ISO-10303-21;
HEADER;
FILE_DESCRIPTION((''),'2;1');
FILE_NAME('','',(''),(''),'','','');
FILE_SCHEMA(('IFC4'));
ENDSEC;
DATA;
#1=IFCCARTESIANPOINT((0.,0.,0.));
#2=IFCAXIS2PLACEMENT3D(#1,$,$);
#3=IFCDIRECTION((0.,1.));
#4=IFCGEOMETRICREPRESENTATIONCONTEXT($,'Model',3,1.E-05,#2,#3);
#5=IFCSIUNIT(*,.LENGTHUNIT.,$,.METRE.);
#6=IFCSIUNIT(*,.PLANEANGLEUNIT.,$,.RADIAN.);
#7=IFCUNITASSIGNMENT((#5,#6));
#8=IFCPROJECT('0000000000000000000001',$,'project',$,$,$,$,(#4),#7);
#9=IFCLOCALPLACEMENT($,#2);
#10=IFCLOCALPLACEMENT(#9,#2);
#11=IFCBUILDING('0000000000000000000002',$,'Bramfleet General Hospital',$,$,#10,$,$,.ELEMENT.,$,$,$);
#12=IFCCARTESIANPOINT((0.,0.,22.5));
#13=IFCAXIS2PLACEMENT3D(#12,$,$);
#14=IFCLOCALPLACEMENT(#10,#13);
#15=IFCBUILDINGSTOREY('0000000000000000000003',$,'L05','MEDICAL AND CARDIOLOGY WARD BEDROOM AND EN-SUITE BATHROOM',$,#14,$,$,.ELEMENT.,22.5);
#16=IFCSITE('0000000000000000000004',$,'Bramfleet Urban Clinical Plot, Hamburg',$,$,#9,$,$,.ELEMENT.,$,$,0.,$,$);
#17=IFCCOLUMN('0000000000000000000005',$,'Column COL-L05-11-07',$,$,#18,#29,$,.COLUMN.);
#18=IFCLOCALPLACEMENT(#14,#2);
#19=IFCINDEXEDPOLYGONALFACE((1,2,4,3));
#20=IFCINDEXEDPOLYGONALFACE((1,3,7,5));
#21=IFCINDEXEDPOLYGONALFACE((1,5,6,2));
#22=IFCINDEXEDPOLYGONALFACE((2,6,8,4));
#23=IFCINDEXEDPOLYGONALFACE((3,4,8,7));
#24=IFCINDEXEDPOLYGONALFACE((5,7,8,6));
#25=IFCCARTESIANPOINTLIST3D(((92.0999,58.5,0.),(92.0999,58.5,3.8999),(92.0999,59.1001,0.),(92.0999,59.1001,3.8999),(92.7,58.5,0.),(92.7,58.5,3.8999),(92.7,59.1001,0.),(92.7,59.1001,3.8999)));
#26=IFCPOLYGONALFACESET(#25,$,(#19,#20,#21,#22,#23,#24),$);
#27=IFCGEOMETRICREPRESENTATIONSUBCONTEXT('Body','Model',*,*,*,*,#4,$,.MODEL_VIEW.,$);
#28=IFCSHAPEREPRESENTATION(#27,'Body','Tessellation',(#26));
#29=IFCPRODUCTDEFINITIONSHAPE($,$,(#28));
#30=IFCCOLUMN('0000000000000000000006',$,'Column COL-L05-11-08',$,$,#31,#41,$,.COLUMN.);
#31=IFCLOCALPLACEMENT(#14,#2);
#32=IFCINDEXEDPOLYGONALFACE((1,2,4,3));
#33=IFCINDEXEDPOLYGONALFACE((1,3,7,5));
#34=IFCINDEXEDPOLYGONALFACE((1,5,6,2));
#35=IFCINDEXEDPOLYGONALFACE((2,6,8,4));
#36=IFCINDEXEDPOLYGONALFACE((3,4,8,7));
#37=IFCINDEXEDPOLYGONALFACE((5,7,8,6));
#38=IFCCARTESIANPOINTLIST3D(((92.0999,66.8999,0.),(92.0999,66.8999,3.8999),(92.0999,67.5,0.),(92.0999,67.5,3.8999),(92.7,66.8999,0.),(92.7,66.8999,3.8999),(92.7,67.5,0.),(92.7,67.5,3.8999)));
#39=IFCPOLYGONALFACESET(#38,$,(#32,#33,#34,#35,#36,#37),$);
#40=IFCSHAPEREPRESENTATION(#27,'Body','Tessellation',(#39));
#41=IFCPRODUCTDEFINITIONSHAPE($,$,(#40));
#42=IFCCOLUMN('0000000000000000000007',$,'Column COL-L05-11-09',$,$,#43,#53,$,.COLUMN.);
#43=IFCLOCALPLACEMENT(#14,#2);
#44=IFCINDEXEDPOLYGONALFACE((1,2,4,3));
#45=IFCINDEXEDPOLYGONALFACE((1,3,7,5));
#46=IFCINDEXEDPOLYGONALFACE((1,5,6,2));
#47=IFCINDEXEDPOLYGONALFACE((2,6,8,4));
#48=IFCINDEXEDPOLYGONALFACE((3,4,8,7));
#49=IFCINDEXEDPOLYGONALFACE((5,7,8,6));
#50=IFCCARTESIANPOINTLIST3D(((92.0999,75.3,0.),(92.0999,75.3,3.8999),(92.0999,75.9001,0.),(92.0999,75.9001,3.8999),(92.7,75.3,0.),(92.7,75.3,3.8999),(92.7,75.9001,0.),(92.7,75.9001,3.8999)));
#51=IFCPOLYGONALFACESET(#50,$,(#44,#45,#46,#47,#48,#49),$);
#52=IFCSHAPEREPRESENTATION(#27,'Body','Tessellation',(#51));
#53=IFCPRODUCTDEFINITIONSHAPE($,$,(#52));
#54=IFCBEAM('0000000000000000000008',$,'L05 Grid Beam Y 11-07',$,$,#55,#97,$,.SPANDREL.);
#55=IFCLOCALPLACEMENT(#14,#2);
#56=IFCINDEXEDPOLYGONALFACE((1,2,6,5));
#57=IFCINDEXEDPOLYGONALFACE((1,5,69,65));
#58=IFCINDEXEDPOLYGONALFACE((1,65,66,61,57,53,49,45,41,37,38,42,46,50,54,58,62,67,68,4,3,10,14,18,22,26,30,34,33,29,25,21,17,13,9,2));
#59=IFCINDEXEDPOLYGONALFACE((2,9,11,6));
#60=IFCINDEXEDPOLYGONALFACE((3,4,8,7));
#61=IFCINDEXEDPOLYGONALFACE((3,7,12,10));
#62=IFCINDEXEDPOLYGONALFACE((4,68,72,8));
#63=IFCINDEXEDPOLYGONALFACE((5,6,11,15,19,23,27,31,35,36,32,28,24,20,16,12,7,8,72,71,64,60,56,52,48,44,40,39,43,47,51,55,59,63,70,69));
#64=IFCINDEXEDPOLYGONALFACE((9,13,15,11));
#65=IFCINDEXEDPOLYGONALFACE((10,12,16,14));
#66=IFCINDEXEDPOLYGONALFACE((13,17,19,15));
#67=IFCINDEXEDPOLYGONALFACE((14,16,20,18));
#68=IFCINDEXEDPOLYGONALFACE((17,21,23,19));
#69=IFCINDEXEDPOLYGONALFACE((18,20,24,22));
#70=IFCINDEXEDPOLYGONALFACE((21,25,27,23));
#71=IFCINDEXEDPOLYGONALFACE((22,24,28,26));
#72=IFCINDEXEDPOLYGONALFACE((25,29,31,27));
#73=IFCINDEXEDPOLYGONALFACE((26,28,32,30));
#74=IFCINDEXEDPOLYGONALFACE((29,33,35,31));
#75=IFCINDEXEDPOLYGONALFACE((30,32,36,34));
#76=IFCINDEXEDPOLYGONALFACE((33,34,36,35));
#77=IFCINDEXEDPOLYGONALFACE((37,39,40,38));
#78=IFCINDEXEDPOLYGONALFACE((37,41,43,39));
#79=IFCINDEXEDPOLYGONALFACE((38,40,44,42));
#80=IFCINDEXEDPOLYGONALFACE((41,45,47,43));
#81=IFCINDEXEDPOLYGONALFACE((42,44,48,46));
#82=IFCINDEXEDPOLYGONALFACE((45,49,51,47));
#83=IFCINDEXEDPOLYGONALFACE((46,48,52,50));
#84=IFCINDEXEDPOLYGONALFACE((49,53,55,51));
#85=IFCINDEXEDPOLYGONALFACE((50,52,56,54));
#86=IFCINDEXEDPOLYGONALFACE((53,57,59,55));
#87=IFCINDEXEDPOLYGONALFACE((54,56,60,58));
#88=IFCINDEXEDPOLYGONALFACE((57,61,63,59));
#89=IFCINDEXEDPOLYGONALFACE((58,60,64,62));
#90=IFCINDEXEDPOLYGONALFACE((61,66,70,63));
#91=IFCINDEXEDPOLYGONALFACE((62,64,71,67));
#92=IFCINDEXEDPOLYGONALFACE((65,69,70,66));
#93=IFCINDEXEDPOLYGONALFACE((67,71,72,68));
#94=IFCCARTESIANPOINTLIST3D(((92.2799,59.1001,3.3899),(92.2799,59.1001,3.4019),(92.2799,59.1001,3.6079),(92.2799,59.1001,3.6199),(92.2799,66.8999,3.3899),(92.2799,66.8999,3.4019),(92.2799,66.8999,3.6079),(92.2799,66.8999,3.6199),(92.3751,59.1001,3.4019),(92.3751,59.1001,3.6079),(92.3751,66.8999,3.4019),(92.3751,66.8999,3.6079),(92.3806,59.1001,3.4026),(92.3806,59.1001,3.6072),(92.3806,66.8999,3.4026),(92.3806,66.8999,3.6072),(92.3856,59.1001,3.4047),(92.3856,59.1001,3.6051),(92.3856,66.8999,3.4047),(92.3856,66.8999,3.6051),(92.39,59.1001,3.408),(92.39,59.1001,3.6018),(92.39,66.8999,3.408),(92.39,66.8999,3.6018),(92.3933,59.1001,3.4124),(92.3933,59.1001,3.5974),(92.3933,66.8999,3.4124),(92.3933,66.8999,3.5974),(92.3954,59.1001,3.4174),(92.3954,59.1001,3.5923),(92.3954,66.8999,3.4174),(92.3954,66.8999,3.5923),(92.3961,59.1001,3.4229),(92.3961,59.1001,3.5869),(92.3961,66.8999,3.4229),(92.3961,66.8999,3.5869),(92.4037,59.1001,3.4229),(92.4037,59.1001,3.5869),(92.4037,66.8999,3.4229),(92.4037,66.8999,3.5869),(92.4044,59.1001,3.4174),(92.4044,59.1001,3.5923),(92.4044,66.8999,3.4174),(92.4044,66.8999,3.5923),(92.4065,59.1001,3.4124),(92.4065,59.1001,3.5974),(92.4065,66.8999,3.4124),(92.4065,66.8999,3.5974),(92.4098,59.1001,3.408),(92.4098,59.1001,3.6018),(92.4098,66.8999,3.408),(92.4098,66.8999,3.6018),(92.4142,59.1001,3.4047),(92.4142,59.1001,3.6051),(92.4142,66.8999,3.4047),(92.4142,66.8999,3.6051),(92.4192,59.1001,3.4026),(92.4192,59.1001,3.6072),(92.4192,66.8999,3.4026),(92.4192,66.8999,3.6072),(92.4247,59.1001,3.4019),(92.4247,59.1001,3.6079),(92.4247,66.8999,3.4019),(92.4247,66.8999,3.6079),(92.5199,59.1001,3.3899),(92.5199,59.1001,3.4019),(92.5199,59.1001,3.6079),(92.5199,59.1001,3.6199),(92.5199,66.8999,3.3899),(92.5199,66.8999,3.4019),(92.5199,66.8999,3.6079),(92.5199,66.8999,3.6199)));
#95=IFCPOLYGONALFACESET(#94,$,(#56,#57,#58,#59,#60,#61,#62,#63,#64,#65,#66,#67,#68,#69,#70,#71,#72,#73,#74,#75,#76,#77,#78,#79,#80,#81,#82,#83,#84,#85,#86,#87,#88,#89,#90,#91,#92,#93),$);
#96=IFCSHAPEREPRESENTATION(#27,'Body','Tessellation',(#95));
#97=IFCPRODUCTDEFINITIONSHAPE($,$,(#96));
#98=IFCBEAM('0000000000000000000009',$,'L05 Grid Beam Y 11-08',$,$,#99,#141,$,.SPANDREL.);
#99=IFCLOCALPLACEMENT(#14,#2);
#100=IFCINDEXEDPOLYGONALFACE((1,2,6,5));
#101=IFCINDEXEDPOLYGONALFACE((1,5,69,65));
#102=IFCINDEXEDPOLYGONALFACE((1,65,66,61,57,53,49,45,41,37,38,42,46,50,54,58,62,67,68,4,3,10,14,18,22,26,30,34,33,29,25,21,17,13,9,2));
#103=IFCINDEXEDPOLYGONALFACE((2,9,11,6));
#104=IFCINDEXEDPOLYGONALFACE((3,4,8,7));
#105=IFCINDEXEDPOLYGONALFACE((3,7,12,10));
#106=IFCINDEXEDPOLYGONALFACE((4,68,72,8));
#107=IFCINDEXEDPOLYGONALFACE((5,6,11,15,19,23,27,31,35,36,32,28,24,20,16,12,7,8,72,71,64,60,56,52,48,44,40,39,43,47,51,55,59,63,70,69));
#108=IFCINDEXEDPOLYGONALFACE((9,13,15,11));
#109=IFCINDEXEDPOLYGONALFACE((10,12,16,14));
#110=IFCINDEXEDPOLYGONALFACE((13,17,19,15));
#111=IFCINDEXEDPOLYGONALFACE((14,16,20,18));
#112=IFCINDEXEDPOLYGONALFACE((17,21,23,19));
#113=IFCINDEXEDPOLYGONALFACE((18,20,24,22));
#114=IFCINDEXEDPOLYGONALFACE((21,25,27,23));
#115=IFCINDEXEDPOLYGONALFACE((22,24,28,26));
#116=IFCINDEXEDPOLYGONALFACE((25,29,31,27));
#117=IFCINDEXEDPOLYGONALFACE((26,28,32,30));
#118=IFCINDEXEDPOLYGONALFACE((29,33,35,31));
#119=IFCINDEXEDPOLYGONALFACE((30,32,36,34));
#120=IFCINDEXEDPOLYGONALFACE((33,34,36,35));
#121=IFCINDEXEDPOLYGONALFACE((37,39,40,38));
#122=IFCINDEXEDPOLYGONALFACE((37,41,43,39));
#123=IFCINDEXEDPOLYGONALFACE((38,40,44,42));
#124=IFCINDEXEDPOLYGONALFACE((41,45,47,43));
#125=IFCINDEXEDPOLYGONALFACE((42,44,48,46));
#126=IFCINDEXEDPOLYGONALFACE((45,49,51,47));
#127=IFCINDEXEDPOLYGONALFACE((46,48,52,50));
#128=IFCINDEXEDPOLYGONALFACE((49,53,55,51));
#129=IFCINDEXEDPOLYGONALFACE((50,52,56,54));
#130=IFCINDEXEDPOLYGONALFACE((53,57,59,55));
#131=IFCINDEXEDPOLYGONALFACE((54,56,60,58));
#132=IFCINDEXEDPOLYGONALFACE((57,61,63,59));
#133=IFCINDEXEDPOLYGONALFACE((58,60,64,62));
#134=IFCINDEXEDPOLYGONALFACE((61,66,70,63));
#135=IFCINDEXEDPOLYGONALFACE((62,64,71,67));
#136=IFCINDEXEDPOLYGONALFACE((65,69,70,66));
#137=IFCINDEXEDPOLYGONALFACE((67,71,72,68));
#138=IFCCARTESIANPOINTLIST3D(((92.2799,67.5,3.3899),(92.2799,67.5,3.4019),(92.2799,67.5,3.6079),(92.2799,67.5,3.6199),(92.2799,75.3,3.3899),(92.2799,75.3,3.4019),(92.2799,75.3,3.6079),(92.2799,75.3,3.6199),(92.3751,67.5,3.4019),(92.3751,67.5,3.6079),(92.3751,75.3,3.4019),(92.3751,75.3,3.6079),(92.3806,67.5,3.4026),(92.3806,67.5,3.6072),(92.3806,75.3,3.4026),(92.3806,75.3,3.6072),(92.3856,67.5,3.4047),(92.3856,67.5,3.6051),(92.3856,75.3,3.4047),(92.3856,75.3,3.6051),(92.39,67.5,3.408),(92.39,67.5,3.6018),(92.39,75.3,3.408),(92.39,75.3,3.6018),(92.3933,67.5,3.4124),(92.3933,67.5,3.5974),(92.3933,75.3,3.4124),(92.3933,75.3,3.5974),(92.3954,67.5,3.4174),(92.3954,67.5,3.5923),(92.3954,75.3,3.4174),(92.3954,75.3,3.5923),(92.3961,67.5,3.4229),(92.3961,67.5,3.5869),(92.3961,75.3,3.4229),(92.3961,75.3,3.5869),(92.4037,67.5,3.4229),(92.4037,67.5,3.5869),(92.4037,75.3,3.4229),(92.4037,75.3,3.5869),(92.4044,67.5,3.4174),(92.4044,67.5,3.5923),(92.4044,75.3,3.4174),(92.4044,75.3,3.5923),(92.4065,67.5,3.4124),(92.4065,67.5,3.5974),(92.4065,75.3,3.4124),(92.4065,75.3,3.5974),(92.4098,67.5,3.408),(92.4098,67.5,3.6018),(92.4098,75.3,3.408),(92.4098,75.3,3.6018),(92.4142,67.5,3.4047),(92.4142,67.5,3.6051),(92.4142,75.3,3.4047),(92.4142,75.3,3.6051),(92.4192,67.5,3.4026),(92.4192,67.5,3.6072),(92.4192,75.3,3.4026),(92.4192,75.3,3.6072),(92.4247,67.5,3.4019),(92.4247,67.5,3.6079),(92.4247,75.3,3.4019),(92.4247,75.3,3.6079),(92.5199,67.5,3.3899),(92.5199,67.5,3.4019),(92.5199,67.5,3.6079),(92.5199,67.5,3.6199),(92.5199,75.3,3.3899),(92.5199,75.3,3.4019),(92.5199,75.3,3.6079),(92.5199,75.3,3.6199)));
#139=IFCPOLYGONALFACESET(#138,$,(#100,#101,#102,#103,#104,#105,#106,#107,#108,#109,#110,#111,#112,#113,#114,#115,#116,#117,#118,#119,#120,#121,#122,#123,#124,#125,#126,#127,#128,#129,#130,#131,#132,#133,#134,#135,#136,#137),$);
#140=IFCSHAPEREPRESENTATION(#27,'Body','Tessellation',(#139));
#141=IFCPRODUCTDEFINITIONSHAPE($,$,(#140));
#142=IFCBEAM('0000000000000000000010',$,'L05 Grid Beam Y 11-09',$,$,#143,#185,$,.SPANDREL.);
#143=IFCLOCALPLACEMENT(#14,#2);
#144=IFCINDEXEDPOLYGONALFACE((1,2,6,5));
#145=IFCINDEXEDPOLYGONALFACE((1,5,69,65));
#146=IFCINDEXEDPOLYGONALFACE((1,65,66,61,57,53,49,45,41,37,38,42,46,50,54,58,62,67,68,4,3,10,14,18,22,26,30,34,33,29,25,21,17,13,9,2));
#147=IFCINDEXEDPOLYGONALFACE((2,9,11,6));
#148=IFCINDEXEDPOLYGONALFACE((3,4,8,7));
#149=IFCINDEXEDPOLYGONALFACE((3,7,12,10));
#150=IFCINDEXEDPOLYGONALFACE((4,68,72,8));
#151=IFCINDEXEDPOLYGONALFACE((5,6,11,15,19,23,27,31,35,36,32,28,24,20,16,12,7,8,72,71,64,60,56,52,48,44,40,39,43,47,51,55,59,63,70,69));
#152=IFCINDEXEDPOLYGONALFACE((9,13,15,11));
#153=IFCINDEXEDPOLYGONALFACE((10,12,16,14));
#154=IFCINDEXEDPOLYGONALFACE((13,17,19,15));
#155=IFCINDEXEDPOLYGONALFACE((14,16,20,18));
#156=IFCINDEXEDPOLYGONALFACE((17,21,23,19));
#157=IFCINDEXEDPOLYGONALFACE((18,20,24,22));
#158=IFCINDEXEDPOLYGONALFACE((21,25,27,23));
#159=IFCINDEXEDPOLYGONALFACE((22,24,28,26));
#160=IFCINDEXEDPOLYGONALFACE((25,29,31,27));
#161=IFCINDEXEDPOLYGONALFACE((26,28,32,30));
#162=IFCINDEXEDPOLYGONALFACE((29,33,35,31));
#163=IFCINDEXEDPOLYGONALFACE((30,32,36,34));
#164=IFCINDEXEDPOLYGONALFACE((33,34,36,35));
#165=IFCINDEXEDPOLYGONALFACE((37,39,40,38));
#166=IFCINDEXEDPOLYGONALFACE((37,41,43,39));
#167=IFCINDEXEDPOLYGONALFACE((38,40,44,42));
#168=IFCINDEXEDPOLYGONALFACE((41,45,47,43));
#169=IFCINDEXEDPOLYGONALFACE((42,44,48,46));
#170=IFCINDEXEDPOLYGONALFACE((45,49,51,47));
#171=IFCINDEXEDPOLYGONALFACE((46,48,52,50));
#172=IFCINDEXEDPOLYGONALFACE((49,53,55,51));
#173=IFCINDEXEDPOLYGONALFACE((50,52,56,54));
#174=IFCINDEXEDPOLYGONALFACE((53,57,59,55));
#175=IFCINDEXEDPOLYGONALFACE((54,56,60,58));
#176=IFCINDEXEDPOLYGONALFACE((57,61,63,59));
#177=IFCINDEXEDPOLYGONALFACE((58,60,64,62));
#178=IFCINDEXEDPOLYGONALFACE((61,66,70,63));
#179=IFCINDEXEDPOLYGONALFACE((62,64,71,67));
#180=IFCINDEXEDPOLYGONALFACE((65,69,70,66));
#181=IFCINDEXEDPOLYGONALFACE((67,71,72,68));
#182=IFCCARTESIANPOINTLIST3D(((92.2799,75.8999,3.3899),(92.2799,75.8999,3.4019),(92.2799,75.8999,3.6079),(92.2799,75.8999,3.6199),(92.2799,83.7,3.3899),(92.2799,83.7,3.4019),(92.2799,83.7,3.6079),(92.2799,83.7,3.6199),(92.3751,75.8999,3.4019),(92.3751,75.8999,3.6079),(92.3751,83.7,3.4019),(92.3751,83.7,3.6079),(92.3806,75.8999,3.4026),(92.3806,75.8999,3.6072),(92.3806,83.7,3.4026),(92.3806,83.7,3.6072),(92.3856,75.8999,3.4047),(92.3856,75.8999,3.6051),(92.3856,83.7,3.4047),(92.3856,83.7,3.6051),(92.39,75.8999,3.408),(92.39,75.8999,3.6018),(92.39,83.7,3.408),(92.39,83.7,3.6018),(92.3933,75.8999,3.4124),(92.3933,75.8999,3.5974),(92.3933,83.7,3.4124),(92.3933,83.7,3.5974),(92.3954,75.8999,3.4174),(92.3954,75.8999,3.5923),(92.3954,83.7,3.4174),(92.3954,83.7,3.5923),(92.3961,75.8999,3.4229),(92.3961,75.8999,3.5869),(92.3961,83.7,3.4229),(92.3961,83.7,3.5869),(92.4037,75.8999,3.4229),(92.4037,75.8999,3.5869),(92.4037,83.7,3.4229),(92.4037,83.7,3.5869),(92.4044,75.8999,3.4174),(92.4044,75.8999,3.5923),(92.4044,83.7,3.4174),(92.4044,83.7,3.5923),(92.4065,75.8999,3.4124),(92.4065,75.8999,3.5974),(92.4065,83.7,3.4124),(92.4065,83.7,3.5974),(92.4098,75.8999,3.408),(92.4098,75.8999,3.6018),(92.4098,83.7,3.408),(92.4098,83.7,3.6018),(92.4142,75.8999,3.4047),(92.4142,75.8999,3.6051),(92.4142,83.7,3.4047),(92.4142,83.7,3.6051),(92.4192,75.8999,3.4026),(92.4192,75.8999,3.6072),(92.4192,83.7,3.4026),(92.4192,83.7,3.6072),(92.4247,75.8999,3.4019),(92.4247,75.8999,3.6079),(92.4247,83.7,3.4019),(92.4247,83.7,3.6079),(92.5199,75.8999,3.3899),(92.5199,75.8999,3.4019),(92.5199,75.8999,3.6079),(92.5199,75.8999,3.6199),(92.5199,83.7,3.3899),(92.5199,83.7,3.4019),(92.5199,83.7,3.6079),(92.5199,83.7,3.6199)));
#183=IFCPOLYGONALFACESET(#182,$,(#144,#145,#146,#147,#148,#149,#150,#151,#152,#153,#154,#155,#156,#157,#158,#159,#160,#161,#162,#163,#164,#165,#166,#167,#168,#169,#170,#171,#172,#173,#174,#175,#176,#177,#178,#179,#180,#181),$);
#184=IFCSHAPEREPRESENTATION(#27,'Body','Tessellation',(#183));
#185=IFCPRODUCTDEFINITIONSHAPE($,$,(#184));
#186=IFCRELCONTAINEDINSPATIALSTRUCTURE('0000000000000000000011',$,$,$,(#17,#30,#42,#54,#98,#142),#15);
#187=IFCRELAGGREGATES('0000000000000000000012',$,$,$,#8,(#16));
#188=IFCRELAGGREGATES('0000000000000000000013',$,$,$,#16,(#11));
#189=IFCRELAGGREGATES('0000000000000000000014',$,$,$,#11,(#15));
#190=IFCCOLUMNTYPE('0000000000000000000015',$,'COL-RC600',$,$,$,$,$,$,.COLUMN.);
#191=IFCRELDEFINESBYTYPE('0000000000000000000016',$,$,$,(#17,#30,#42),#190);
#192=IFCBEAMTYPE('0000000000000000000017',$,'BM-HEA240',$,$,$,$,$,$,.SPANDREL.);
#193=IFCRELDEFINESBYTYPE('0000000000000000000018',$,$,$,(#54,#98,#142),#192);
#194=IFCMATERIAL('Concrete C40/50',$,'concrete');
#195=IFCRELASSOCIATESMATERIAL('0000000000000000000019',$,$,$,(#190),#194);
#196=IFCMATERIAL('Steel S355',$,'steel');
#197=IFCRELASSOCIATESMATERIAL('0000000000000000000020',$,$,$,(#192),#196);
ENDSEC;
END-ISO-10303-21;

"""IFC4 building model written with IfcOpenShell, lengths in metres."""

from ifc_helpers import new_model, si_unit, direction, frame, origin, origin_2d, place, context, subcontext, project, spatial, rectangle, i_section, extrude, material, material_profile, profile_set, type_object, element, save


model = new_model("IFC4")

# Units and contexts
model_context = context("Model", 3, precision=1e-05, world=origin(), true_north=direction((0.0, 1.0)))
body_context = subcontext(model_context, "Body", "Model", "MODEL_VIEW")
ifc_project = project(units=[si_unit("LENGTHUNIT", "METRE"), si_unit("PLANEANGLEUNIT", "RADIAN")], contexts=[model_context])

# Site, building, storey
site_placement = place(None, origin())
site = spatial("IfcSite", under=ifc_project, at=site_placement, Name="Bramfleet Urban Clinical Plot, Hamburg", CompositionType="ELEMENT", RefElevation=0.0)
building_placement = place(site_placement, origin())
building = spatial("IfcBuilding", under=site, at=building_placement, Name="Bramfleet General Hospital", CompositionType="ELEMENT")
storey_placement = place(building_placement, frame((0.0, 0.0, 22.5)))
storey = spatial("IfcBuildingStorey", under=building, at=storey_placement, Name="L05", Description="MEDICAL AND CARDIOLOGY WARD BEDROOM AND EN-SUITE BATHROOM", CompositionType="ELEMENT", Elevation=22.5)

# Columns
ifc_material_1 = material(Name="Concrete C40/50", Category="concrete")
ifc_material_profile_1 = material_profile(ifc_material_1, rectangle(XDim=0.6001, YDim=0.6001, at=origin_2d()), Name="RC COL 600x600")
ifc_profile_set_1 = profile_set([ifc_material_profile_1], Name="Concrete C40/50")
column_type = type_object("IfcColumnType", Name="COL-RC600", PredefinedType="COLUMN", material=ifc_profile_set_1)
for number, where, z_axis, x_axis, name in (
    (1, (92.3999, 58.8, 0.0), (0.0, 0.0, 1.0), (1.0, 0.0, 0.0), "Column COL-L05-11-07"),
    (2, (92.3999, 67.2, 0.0), (0.0, 0.0, 1.0), (1.0, 0.0, 0.0), "Column COL-L05-11-08"),
    (3, (92.3999, 75.6001, 0.0), (0.0, 0.0, 1.0), (1.0, 0.0, 0.0), "Column COL-L05-11-09"),
):
    element("IfcColumn", number, at=place(storey_placement, frame(where, z_axis=z_axis, x_axis=x_axis)), inside=storey, type_object=column_type, Name=name, PredefinedType="COLUMN", context=body_context, shape_type="SweptSolid", body=[
        extrude(rectangle(XDim=0.6001, YDim=0.6001, at=origin_2d()), origin(), (0.0, 0.0, 1.0), 3.8999),
    ])

# Beams
ifc_material_2 = material(Name="Steel S355", Category="steel")
ifc_material_profile_2 = material_profile(ifc_material_2, i_section(OverallWidth=0.24, OverallDepth=0.23, WebThickness=0.0076, FlangeThickness=0.012, FilletRadius=0.021, at=origin_2d()), Name="HEA 240")
ifc_profile_set_2 = profile_set([ifc_material_profile_2], Name="Steel S355")
beam_type_1 = type_object("IfcBeamType", Name="BM-HEA240", PredefinedType="SPANDREL", material=ifc_profile_set_2)
beam_placement = place(storey_placement, frame((92.3999, 59.1001, 3.5049), z_axis=(0.0, 1.0, 0.0), x_axis=(-1.0, 0.0, 0.0)))
element("IfcBeam", 4, at=beam_placement, inside=storey, type_object=beam_type_1, Name="L05 Grid Beam Y 11-07", PredefinedType="SPANDREL", context=body_context, shape_type="SweptSolid", body=[
    extrude(i_section(OverallWidth=0.24, OverallDepth=0.23, WebThickness=0.0076, FlangeThickness=0.012, FilletRadius=0.021, at=origin_2d()), origin(), (0.0, 0.0, 1.0), 7.7998),
])
for number, where, z_axis, x_axis, name in (
    (5, (92.3999, 67.5, 3.5049), (0.0, 1.0, 0.0), (-1.0, 0.0, 0.0), "L05 Grid Beam Y 11-08"),
    (6, (92.3999, 75.8999, 3.5049), (0.0, 1.0, 0.0), (-1.0, 0.0, 0.0), "L05 Grid Beam Y 11-09"),
):
    element("IfcBeam", number, at=place(storey_placement, frame(where, z_axis=z_axis, x_axis=x_axis)), inside=storey, type_object=beam_type_1, Name=name, PredefinedType="SPANDREL", context=body_context, shape_type="SweptSolid", body=[
        extrude(i_section(OverallWidth=0.24, OverallDepth=0.23, WebThickness=0.0076, FlangeThickness=0.012, FilletRadius=0.021, at=origin_2d()), origin(), (0.0, 0.0, 1.0), 7.8),
    ])

save(model, "model.ifc")
